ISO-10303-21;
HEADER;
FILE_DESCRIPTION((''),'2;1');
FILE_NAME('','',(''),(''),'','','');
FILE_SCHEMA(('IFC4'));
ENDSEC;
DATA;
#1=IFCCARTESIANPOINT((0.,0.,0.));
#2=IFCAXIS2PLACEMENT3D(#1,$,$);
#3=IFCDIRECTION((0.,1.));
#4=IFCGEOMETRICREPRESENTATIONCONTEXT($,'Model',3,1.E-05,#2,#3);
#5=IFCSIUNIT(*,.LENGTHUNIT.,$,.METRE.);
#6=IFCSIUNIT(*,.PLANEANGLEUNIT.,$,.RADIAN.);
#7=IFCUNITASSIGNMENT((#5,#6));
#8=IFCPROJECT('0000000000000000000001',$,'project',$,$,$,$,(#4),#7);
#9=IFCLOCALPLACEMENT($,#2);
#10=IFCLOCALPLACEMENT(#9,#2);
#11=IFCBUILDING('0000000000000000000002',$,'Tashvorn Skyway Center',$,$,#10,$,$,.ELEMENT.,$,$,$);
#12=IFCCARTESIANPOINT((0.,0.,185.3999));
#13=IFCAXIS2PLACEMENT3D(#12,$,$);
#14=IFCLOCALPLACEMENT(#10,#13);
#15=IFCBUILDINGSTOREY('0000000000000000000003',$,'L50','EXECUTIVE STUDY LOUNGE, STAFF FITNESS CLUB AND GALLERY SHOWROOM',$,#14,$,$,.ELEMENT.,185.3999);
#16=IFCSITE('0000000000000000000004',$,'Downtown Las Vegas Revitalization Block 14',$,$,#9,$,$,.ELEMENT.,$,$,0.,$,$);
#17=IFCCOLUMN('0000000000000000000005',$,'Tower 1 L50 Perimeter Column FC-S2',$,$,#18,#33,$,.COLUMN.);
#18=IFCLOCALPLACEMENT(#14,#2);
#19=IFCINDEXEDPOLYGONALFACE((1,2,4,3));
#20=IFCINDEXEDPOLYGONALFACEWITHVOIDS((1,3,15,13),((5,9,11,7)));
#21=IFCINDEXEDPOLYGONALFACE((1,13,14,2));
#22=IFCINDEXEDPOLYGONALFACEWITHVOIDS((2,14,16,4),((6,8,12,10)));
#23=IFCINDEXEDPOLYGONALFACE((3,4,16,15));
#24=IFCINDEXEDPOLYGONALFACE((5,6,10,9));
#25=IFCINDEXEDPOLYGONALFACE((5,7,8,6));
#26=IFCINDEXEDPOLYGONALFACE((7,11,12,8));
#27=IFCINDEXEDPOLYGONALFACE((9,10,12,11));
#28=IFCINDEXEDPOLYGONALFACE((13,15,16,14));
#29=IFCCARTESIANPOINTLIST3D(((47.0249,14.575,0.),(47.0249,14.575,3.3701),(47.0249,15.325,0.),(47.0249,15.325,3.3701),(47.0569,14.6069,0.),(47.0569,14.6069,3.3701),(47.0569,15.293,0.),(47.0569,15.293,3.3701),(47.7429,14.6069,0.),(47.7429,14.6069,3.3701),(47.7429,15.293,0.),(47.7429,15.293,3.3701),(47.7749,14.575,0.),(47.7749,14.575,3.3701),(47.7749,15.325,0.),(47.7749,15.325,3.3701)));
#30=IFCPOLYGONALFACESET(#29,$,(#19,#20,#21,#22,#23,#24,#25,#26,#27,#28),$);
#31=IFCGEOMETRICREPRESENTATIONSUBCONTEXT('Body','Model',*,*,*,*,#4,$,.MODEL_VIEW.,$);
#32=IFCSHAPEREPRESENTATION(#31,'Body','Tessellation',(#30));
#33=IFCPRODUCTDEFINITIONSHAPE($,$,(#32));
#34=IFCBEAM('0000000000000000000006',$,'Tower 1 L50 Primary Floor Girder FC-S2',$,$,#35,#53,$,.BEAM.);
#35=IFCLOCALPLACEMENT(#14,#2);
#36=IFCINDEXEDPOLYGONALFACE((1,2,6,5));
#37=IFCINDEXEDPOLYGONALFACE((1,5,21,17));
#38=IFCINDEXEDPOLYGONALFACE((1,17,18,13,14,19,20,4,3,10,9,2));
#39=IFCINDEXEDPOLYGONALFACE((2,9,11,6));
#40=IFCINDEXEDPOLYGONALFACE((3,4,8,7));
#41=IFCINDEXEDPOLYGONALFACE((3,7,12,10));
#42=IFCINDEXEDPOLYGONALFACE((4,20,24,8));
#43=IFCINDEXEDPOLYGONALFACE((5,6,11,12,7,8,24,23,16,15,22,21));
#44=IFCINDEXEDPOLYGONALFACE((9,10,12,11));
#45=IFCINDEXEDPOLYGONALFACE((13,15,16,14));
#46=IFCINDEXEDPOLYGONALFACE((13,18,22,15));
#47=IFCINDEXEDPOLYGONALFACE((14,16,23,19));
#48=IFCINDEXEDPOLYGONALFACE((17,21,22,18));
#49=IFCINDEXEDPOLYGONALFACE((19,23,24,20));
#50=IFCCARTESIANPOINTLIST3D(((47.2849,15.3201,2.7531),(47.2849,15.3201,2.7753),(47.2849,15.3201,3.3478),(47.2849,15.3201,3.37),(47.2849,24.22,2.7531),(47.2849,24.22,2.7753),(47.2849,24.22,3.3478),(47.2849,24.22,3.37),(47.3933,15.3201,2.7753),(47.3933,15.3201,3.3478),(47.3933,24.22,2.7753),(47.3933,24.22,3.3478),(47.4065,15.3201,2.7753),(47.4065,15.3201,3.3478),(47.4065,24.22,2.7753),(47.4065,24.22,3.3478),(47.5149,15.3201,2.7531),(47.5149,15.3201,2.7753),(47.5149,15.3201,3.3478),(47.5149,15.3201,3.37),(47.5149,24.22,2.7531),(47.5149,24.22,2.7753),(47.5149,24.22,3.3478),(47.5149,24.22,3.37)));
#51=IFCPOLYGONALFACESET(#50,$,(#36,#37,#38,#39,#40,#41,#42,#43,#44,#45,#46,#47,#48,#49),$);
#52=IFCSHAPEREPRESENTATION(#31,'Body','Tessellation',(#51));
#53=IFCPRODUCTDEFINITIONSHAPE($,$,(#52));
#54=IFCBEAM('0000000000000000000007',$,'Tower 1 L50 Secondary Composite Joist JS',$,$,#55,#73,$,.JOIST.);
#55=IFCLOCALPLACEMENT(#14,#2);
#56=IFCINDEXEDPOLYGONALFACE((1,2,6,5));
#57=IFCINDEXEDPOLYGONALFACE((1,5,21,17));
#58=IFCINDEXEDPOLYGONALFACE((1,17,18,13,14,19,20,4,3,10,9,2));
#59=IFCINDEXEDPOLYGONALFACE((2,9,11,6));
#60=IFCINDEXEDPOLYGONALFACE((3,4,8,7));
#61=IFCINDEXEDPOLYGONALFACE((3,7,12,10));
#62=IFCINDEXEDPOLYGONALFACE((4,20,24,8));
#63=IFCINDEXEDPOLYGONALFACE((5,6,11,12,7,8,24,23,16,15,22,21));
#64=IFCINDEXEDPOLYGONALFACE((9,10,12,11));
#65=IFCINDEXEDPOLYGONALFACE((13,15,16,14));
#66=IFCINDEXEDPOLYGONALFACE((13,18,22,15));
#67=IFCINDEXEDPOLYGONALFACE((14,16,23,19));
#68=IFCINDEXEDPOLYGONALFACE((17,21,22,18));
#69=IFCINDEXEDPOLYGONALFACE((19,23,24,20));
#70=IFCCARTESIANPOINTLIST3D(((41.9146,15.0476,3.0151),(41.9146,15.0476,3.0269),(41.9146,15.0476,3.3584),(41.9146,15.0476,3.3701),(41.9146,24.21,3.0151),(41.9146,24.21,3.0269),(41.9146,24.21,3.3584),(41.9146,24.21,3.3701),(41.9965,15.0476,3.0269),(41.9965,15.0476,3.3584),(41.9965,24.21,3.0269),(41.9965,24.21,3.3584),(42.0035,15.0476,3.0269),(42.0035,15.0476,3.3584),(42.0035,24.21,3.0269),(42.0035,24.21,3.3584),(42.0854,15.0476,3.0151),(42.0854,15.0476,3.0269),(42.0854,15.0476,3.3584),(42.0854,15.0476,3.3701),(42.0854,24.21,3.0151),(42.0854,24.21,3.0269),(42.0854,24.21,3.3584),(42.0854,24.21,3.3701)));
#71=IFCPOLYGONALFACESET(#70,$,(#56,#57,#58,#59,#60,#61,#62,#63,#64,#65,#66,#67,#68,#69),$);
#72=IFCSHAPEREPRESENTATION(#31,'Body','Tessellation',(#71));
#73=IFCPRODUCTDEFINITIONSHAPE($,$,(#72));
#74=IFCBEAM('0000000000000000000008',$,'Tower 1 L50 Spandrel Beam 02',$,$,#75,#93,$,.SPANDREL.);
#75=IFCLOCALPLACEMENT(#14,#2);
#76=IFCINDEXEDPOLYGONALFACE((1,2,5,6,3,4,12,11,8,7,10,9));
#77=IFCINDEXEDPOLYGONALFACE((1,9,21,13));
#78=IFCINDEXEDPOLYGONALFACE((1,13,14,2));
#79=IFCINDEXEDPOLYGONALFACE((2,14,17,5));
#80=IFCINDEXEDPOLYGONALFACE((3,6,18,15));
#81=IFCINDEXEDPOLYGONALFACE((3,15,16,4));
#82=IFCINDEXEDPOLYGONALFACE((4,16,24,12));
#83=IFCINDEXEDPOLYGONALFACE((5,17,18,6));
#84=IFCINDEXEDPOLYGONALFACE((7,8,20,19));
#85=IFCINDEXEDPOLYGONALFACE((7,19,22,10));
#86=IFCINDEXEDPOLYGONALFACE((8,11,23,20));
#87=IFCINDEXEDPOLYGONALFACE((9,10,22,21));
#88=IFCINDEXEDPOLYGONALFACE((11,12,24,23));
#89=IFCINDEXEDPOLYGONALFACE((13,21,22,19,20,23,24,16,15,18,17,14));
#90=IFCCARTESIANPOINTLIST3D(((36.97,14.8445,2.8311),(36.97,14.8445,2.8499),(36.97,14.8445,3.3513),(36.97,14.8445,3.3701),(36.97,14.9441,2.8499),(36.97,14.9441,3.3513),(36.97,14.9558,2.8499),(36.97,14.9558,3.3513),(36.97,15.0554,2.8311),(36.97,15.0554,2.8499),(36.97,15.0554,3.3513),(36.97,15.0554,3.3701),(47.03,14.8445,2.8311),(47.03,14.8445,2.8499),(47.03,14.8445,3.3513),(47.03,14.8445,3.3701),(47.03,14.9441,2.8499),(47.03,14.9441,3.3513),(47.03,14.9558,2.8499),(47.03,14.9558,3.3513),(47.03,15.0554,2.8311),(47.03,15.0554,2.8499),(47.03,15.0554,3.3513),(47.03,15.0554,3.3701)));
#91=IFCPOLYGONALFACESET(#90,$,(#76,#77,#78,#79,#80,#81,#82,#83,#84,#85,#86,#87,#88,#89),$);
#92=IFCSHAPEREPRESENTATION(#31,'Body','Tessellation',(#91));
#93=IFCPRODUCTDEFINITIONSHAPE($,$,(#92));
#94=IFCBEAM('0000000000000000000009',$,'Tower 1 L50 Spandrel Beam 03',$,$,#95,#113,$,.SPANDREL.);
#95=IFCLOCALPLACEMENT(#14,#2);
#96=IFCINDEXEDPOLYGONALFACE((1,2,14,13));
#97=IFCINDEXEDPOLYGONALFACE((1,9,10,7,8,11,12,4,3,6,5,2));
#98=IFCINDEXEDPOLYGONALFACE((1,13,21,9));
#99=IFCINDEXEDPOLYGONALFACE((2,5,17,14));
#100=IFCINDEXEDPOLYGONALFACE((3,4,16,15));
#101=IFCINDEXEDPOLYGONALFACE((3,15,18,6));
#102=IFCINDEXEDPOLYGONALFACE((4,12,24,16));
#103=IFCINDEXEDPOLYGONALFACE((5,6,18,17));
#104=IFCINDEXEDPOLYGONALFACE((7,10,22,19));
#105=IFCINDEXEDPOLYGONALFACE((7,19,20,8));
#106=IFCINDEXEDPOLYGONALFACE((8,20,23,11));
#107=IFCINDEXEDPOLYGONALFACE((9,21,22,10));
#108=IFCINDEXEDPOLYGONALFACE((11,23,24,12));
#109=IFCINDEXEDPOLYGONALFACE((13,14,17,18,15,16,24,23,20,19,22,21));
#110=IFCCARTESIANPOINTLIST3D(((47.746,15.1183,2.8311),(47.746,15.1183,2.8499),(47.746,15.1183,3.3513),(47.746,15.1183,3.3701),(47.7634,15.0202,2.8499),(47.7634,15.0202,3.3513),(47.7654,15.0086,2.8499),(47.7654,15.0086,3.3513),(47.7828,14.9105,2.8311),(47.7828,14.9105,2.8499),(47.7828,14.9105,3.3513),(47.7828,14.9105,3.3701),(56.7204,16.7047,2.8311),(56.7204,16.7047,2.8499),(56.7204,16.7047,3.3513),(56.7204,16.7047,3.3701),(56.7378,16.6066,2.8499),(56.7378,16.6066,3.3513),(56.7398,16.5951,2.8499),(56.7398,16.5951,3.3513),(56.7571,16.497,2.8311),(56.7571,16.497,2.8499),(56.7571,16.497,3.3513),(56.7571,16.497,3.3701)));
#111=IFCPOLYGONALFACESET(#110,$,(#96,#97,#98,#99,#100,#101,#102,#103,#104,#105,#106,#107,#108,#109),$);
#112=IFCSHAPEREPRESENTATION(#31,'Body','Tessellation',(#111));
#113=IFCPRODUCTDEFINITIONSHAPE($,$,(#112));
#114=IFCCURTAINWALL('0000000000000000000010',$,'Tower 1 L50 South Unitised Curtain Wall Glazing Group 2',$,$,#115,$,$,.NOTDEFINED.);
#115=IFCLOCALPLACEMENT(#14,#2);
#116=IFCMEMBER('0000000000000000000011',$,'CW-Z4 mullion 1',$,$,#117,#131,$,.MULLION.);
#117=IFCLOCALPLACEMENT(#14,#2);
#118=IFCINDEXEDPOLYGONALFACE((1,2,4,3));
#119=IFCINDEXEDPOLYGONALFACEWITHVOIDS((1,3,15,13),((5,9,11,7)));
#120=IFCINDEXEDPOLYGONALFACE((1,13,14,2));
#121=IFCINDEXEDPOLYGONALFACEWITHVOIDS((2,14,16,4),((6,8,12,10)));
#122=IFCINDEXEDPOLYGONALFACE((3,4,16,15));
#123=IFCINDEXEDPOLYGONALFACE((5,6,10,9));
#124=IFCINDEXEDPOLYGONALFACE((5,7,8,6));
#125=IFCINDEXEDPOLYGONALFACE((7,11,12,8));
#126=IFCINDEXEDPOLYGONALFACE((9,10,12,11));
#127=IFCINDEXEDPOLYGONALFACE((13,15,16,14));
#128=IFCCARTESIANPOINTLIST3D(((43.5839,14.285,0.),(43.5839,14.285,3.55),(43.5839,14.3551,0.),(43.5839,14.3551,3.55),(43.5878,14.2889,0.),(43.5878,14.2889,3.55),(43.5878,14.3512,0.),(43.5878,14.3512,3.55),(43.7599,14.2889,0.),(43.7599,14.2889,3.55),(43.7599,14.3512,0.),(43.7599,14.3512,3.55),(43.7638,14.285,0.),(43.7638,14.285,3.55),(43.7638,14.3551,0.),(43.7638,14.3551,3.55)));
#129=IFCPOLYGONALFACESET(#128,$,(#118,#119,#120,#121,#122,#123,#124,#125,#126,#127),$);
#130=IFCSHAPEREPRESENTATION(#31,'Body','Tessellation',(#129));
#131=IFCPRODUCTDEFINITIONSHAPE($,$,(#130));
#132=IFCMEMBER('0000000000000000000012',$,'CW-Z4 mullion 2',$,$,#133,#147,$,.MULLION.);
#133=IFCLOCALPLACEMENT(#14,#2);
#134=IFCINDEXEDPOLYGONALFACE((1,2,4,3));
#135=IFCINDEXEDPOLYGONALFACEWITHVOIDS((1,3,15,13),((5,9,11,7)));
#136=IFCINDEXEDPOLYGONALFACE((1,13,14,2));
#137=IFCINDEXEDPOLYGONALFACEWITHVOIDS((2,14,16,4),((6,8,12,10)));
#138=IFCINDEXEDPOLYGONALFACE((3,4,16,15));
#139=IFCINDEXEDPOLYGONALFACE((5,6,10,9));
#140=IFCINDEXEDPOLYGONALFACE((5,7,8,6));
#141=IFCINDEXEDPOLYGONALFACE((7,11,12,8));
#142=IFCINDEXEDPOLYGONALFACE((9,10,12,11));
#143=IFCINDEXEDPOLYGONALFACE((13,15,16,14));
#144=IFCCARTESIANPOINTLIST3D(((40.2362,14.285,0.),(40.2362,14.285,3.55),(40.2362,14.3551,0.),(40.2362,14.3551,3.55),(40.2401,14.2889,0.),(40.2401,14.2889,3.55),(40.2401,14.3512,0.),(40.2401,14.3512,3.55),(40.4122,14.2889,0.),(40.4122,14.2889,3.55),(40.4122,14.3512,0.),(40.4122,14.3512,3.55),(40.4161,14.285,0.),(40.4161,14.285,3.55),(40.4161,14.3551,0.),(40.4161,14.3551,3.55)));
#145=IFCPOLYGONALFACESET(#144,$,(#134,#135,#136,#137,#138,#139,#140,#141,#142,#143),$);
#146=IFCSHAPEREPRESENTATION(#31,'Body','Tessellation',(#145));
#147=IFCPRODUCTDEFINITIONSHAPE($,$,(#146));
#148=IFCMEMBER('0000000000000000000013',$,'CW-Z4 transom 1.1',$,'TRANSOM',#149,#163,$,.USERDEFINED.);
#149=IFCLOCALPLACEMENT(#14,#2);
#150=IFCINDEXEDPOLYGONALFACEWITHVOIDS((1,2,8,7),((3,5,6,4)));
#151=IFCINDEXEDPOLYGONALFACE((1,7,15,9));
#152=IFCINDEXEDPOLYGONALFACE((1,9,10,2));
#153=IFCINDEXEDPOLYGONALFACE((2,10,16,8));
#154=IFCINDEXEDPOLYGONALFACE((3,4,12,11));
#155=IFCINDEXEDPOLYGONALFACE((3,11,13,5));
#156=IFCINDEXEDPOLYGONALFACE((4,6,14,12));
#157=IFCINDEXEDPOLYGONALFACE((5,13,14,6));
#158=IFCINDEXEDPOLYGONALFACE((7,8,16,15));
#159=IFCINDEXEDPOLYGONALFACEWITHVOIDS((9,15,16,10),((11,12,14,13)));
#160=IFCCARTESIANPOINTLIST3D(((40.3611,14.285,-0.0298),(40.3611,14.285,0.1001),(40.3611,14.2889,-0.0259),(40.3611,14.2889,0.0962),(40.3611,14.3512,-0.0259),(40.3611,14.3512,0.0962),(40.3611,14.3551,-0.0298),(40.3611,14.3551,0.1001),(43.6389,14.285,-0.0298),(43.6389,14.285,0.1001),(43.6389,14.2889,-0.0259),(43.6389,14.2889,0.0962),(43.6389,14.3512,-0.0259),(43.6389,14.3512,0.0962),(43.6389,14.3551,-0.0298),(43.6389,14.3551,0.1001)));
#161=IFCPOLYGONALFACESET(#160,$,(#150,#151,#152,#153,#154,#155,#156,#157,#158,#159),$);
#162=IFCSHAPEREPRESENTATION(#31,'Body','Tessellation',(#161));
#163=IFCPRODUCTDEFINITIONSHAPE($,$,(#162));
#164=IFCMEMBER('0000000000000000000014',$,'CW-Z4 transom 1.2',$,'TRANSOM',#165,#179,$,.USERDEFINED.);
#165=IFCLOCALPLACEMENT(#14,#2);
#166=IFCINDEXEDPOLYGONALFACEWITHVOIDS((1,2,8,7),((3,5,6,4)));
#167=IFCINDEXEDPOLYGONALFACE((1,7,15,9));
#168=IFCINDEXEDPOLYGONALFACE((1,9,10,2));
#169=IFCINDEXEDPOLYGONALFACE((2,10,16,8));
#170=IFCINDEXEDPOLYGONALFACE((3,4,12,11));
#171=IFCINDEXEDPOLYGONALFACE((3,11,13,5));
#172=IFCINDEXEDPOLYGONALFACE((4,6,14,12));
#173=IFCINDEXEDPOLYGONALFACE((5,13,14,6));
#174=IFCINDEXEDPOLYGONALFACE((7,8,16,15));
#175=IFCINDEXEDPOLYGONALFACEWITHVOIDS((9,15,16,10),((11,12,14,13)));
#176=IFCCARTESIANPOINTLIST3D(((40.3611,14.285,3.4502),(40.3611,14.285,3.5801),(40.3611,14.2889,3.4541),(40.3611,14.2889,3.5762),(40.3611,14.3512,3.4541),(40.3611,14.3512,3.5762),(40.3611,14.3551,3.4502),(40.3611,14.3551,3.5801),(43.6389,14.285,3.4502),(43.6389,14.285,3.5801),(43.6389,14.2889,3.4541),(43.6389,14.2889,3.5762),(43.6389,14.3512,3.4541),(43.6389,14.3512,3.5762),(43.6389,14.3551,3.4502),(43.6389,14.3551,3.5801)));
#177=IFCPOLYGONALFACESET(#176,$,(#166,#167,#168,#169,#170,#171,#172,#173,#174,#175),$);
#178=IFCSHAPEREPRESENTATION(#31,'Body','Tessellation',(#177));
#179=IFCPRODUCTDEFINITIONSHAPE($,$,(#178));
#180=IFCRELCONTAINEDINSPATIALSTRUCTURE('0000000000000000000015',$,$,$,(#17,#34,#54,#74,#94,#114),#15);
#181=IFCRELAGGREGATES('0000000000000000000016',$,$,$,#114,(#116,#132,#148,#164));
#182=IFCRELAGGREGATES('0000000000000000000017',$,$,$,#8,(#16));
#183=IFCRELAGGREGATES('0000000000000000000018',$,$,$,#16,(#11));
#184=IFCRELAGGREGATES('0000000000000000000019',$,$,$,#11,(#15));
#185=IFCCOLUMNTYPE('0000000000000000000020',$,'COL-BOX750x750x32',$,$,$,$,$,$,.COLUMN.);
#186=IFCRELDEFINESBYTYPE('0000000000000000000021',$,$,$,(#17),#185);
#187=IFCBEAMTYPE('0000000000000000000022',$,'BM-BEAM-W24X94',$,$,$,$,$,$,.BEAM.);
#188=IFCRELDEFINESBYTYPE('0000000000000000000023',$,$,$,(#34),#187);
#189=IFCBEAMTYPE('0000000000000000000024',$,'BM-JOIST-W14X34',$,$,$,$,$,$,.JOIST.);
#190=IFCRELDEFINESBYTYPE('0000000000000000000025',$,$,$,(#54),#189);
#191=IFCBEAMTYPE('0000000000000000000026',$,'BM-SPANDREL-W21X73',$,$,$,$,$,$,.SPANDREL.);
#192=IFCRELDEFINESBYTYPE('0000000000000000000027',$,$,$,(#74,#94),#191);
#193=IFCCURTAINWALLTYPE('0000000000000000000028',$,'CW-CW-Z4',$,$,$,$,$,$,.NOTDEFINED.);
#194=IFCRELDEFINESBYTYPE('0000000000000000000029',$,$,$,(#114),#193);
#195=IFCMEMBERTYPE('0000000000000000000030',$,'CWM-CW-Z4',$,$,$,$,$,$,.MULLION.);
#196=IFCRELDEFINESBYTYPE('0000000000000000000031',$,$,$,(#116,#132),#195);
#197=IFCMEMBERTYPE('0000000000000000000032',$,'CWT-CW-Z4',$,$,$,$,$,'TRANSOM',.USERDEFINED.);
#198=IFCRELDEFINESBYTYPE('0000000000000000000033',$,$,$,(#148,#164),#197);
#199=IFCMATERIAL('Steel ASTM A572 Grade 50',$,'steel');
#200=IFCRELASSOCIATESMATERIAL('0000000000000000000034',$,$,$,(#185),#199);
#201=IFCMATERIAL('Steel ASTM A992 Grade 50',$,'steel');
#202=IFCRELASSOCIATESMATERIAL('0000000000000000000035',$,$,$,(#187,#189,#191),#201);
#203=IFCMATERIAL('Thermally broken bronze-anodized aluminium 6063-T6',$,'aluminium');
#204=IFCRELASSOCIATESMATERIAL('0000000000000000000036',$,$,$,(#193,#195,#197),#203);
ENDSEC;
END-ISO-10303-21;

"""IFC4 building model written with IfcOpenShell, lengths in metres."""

from ifc_helpers import new_model, si_unit, direction, frame, origin, origin_2d, place, context, subcontext, project, spatial, hollow_rectangle, i_section, extrude, material, material_profile, profile_set, type_object, element, aggregate, save


model = new_model("IFC4")

# Units and contexts
model_context = context("Model", 3, precision=1e-05, world=origin(), true_north=direction((0.0, 1.0)))
body_context = subcontext(model_context, "Body", "Model", "MODEL_VIEW")
ifc_project = project(units=[si_unit("LENGTHUNIT", "METRE"), si_unit("PLANEANGLEUNIT", "RADIAN")], contexts=[model_context])

# Site, building, storey
site_placement = place(None, origin())
site = spatial("IfcSite", under=ifc_project, at=site_placement, Name="Downtown Las Vegas Revitalization Block 14", CompositionType="ELEMENT", RefElevation=0.0)
building_placement = place(site_placement, origin())
building = spatial("IfcBuilding", under=site, at=building_placement, Name="Tashvorn Skyway Center", CompositionType="ELEMENT")
storey_placement = place(building_placement, frame((0.0, 0.0, 185.3999)))
storey = spatial("IfcBuildingStorey", under=building, at=storey_placement, Name="L50", Description="EXECUTIVE STUDY LOUNGE, STAFF FITNESS CLUB AND GALLERY SHOWROOM", CompositionType="ELEMENT", Elevation=185.3999)

# Column
ifc_material_1 = material(Name="Steel ASTM A572 Grade 50", Category="steel")
ifc_material_profile_1 = material_profile(ifc_material_1, hollow_rectangle(XDim=0.75, YDim=0.75, WallThickness=0.032, at=origin_2d()), Name="BOX750x750x32")
ifc_profile_set_1 = profile_set([ifc_material_profile_1], Name="Steel ASTM A572 Grade 50")
column_type = type_object("IfcColumnType", Name="COL-BOX750x750x32", PredefinedType="COLUMN", material=ifc_profile_set_1)
column_placement = place(storey_placement, frame((47.3999, 14.95, 0.0), z_axis=(0.0, 0.0, 1.0), x_axis=(1.0, 0.0, 0.0)))
element("IfcColumn", 1, at=column_placement, inside=storey, type_object=column_type, Name="Tower 1 L50 Perimeter Column FC-S2", PredefinedType="COLUMN", context=body_context, shape_type="SweptSolid", body=[
    extrude(hollow_rectangle(XDim=0.75, YDim=0.75, WallThickness=0.032, at=origin_2d()), origin(), (0.0, 0.0, 1.0), 3.3701),
])

# Beams
ifc_material_2 = material(Name="Steel ASTM A992 Grade 50", Category="steel")
ifc_material_profile_2 = material_profile(ifc_material_2, i_section(OverallWidth=0.23, OverallDepth=0.6169, WebThickness=0.0132, FlangeThickness=0.0222, at=origin_2d()), Name="W24X94")
ifc_profile_set_2 = profile_set([ifc_material_profile_2], Name="Steel ASTM A992 Grade 50")
beam_type_1 = type_object("IfcBeamType", Name="BM-BEAM-W24X94", PredefinedType="BEAM", material=ifc_profile_set_2)
beam_1_placement = place(storey_placement, frame((47.3999, 15.3201, 3.0615), z_axis=(0.0, 1.0, 0.0), x_axis=(-1.0, 0.0, 0.0)))
element("IfcBeam", 2, at=beam_1_placement, inside=storey, type_object=beam_type_1, Name="Tower 1 L50 Primary Floor Girder FC-S2", PredefinedType="BEAM", context=body_context, shape_type="SweptSolid", body=[
    extrude(i_section(OverallWidth=0.23, OverallDepth=0.6169, WebThickness=0.0132, FlangeThickness=0.0222, at=origin_2d()), origin(), (0.0, 0.0, 1.0), 8.8999),
])
ifc_material_profile_3 = material_profile(ifc_material_2, i_section(OverallWidth=0.1709, OverallDepth=0.355, WebThickness=0.0071, FlangeThickness=0.0117, at=origin_2d()), Name="W14X34")
ifc_profile_set_3 = profile_set([ifc_material_profile_3], Name="Steel ASTM A992 Grade 50")
beam_type_2 = type_object("IfcBeamType", Name="BM-JOIST-W14X34", PredefinedType="JOIST", material=ifc_profile_set_3)
beam_2_placement = place(storey_placement, frame((42.0, 24.21, 3.1926), z_axis=(0.0, -1.0, 0.0), x_axis=(1.0, 0.0, 0.0)))
element("IfcBeam", 3, at=beam_2_placement, inside=storey, type_object=beam_type_2, Name="Tower 1 L50 Secondary Composite Joist JS", PredefinedType="JOIST", context=body_context, shape_type="SweptSolid", body=[
    extrude(i_section(OverallWidth=0.1709, OverallDepth=0.355, WebThickness=0.0071, FlangeThickness=0.0117, at=origin_2d()), origin(), (0.0, 0.0, 1.0), 9.1624),
])
ifc_material_profile_4 = material_profile(ifc_material_2, i_section(OverallWidth=0.2109, OverallDepth=0.5391, WebThickness=0.0117, FlangeThickness=0.0188, at=origin_2d()), Name="W21X73")
ifc_profile_set_4 = profile_set([ifc_material_profile_4], Name="Steel ASTM A992 Grade 50")
beam_type_3 = type_object("IfcBeamType", Name="BM-SPANDREL-W21X73", PredefinedType="SPANDREL", material=ifc_profile_set_4)
beam_3_placement = place(storey_placement, frame((36.97, 14.95, 3.1006), z_axis=(1.0, 0.0, 0.0), x_axis=(0.0, 1.0, 0.0)))
element("IfcBeam", 4, at=beam_3_placement, inside=storey, type_object=beam_type_3, Name="Tower 1 L50 Spandrel Beam 02", PredefinedType="SPANDREL", context=body_context, shape_type="SweptSolid", body=[
    extrude(i_section(OverallWidth=0.2109, OverallDepth=0.5391, WebThickness=0.0117, FlangeThickness=0.0188, at=origin_2d()), origin(), (0.0, 0.0, 1.0), 10.0601),
])
beam_4_placement = place(storey_placement, frame((47.7644, 15.0144, 3.1006), z_axis=(0.984733, 0.174074, 0.0), x_axis=(-0.174074, 0.984733, 0.0)))
element("IfcBeam", 5, at=beam_4_placement, inside=storey, type_object=beam_type_3, Name="Tower 1 L50 Spandrel Beam 03", PredefinedType="SPANDREL", context=body_context, shape_type="SweptSolid", body=[
    extrude(i_section(OverallWidth=0.2109, OverallDepth=0.5391, WebThickness=0.0117, FlangeThickness=0.0188, at=origin_2d()), origin(), (0.0, 0.0, 1.0), 9.1135),
])

# Curtain wall, members
ifc_material_3 = material(Name="Thermally broken bronze-anodized aluminium 6063-T6", Category="aluminium")
curtain_wall_type = type_object("IfcCurtainWallType", Name="CW-CW-Z4", PredefinedType="NOTDEFINED", material=ifc_material_3)
curtain_wall_placement = place(storey_placement, origin())
curtain_wall = element("IfcCurtainWall", 6, at=curtain_wall_placement, inside=storey, type_object=curtain_wall_type, Name="Tower 1 L50 South Unitised Curtain Wall Glazing Group 2", PredefinedType="NOTDEFINED")
ifc_material_profile_5 = material_profile(ifc_material_3, hollow_rectangle(XDim=0.0701, YDim=0.1799, WallThickness=0.0039, at=origin_2d()), Name="ALU-MULL-70x180")
ifc_profile_set_5 = profile_set([ifc_material_profile_5], Name="Thermally broken bronze-anodized aluminium 6063-T6")
member_type_1 = type_object("IfcMemberType", Name="CWM-CW-Z4", PredefinedType="MULLION", material=ifc_profile_set_5)
member_1_placement = place(storey_placement, frame((43.6738, 14.3201, 0.0), z_axis=(0.0, 0.0, 1.0), x_axis=(0.0, -1.0, 0.0)))
member_1 = element("IfcMember", 7, at=member_1_placement, type_object=member_type_1, Name="CW-Z4 mullion 1", PredefinedType="MULLION", context=body_context, shape_type="SweptSolid", body=[
    extrude(hollow_rectangle(XDim=0.0701, YDim=0.1799, WallThickness=0.0039, at=origin_2d()), origin(), (0.0, 0.0, 1.0), 3.55),
])
member_2_placement = place(storey_placement, frame((40.3262, 14.3201, 0.0), z_axis=(0.0, 0.0, 1.0), x_axis=(0.0, -1.0, 0.0)))
member_2 = element("IfcMember", 8, at=member_2_placement, type_object=member_type_1, Name="CW-Z4 mullion 2", PredefinedType="MULLION", context=body_context, shape_type="SweptSolid", body=[
    extrude(hollow_rectangle(XDim=0.0701, YDim=0.1799, WallThickness=0.0039, at=origin_2d()), origin(), (0.0, 0.0, 1.0), 3.55),
])
ifc_material_profile_6 = material_profile(ifc_material_3, hollow_rectangle(XDim=0.0701, YDim=0.1299, WallThickness=0.0039, at=origin_2d()), Name="ALU-TRAN-70x130")
ifc_profile_set_6 = profile_set([ifc_material_profile_6], Name="Thermally broken bronze-anodized aluminium 6063-T6")
member_type_2 = type_object("IfcMemberType", Name="CWT-CW-Z4", ElementType="TRANSOM", PredefinedType="USERDEFINED", material=ifc_profile_set_6)
member_3_placement = place(storey_placement, frame((43.6389, 14.3201, 0.0352), z_axis=(-1.0, 0.0, 0.0), x_axis=(0.0, -1.0, 0.0)))
member_3 = element("IfcMember", 9, at=member_3_placement, type_object=member_type_2, Name="CW-Z4 transom 1.1", ObjectType="TRANSOM", PredefinedType="USERDEFINED", context=body_context, shape_type="SweptSolid", body=[
    extrude(hollow_rectangle(XDim=0.0701, YDim=0.1299, WallThickness=0.0039, at=origin_2d()), origin(), (0.0, 0.0, 1.0), 3.2778),
])
member_4_placement = place(storey_placement, frame((43.6389, 14.3201, 3.5151), z_axis=(-1.0, 0.0, 0.0), x_axis=(0.0, -1.0, 0.0)))
member_4 = element("IfcMember", 10, at=member_4_placement, type_object=member_type_2, Name="CW-Z4 transom 1.2", ObjectType="TRANSOM", PredefinedType="USERDEFINED", context=body_context, shape_type="SweptSolid", body=[
    extrude(hollow_rectangle(XDim=0.0701, YDim=0.1299, WallThickness=0.0039, at=origin_2d()), origin(), (0.0, 0.0, 1.0), 3.2778),
])
aggregate(curtain_wall, [member_1, member_2, member_3, member_4])

save(model, "model.ifc")
